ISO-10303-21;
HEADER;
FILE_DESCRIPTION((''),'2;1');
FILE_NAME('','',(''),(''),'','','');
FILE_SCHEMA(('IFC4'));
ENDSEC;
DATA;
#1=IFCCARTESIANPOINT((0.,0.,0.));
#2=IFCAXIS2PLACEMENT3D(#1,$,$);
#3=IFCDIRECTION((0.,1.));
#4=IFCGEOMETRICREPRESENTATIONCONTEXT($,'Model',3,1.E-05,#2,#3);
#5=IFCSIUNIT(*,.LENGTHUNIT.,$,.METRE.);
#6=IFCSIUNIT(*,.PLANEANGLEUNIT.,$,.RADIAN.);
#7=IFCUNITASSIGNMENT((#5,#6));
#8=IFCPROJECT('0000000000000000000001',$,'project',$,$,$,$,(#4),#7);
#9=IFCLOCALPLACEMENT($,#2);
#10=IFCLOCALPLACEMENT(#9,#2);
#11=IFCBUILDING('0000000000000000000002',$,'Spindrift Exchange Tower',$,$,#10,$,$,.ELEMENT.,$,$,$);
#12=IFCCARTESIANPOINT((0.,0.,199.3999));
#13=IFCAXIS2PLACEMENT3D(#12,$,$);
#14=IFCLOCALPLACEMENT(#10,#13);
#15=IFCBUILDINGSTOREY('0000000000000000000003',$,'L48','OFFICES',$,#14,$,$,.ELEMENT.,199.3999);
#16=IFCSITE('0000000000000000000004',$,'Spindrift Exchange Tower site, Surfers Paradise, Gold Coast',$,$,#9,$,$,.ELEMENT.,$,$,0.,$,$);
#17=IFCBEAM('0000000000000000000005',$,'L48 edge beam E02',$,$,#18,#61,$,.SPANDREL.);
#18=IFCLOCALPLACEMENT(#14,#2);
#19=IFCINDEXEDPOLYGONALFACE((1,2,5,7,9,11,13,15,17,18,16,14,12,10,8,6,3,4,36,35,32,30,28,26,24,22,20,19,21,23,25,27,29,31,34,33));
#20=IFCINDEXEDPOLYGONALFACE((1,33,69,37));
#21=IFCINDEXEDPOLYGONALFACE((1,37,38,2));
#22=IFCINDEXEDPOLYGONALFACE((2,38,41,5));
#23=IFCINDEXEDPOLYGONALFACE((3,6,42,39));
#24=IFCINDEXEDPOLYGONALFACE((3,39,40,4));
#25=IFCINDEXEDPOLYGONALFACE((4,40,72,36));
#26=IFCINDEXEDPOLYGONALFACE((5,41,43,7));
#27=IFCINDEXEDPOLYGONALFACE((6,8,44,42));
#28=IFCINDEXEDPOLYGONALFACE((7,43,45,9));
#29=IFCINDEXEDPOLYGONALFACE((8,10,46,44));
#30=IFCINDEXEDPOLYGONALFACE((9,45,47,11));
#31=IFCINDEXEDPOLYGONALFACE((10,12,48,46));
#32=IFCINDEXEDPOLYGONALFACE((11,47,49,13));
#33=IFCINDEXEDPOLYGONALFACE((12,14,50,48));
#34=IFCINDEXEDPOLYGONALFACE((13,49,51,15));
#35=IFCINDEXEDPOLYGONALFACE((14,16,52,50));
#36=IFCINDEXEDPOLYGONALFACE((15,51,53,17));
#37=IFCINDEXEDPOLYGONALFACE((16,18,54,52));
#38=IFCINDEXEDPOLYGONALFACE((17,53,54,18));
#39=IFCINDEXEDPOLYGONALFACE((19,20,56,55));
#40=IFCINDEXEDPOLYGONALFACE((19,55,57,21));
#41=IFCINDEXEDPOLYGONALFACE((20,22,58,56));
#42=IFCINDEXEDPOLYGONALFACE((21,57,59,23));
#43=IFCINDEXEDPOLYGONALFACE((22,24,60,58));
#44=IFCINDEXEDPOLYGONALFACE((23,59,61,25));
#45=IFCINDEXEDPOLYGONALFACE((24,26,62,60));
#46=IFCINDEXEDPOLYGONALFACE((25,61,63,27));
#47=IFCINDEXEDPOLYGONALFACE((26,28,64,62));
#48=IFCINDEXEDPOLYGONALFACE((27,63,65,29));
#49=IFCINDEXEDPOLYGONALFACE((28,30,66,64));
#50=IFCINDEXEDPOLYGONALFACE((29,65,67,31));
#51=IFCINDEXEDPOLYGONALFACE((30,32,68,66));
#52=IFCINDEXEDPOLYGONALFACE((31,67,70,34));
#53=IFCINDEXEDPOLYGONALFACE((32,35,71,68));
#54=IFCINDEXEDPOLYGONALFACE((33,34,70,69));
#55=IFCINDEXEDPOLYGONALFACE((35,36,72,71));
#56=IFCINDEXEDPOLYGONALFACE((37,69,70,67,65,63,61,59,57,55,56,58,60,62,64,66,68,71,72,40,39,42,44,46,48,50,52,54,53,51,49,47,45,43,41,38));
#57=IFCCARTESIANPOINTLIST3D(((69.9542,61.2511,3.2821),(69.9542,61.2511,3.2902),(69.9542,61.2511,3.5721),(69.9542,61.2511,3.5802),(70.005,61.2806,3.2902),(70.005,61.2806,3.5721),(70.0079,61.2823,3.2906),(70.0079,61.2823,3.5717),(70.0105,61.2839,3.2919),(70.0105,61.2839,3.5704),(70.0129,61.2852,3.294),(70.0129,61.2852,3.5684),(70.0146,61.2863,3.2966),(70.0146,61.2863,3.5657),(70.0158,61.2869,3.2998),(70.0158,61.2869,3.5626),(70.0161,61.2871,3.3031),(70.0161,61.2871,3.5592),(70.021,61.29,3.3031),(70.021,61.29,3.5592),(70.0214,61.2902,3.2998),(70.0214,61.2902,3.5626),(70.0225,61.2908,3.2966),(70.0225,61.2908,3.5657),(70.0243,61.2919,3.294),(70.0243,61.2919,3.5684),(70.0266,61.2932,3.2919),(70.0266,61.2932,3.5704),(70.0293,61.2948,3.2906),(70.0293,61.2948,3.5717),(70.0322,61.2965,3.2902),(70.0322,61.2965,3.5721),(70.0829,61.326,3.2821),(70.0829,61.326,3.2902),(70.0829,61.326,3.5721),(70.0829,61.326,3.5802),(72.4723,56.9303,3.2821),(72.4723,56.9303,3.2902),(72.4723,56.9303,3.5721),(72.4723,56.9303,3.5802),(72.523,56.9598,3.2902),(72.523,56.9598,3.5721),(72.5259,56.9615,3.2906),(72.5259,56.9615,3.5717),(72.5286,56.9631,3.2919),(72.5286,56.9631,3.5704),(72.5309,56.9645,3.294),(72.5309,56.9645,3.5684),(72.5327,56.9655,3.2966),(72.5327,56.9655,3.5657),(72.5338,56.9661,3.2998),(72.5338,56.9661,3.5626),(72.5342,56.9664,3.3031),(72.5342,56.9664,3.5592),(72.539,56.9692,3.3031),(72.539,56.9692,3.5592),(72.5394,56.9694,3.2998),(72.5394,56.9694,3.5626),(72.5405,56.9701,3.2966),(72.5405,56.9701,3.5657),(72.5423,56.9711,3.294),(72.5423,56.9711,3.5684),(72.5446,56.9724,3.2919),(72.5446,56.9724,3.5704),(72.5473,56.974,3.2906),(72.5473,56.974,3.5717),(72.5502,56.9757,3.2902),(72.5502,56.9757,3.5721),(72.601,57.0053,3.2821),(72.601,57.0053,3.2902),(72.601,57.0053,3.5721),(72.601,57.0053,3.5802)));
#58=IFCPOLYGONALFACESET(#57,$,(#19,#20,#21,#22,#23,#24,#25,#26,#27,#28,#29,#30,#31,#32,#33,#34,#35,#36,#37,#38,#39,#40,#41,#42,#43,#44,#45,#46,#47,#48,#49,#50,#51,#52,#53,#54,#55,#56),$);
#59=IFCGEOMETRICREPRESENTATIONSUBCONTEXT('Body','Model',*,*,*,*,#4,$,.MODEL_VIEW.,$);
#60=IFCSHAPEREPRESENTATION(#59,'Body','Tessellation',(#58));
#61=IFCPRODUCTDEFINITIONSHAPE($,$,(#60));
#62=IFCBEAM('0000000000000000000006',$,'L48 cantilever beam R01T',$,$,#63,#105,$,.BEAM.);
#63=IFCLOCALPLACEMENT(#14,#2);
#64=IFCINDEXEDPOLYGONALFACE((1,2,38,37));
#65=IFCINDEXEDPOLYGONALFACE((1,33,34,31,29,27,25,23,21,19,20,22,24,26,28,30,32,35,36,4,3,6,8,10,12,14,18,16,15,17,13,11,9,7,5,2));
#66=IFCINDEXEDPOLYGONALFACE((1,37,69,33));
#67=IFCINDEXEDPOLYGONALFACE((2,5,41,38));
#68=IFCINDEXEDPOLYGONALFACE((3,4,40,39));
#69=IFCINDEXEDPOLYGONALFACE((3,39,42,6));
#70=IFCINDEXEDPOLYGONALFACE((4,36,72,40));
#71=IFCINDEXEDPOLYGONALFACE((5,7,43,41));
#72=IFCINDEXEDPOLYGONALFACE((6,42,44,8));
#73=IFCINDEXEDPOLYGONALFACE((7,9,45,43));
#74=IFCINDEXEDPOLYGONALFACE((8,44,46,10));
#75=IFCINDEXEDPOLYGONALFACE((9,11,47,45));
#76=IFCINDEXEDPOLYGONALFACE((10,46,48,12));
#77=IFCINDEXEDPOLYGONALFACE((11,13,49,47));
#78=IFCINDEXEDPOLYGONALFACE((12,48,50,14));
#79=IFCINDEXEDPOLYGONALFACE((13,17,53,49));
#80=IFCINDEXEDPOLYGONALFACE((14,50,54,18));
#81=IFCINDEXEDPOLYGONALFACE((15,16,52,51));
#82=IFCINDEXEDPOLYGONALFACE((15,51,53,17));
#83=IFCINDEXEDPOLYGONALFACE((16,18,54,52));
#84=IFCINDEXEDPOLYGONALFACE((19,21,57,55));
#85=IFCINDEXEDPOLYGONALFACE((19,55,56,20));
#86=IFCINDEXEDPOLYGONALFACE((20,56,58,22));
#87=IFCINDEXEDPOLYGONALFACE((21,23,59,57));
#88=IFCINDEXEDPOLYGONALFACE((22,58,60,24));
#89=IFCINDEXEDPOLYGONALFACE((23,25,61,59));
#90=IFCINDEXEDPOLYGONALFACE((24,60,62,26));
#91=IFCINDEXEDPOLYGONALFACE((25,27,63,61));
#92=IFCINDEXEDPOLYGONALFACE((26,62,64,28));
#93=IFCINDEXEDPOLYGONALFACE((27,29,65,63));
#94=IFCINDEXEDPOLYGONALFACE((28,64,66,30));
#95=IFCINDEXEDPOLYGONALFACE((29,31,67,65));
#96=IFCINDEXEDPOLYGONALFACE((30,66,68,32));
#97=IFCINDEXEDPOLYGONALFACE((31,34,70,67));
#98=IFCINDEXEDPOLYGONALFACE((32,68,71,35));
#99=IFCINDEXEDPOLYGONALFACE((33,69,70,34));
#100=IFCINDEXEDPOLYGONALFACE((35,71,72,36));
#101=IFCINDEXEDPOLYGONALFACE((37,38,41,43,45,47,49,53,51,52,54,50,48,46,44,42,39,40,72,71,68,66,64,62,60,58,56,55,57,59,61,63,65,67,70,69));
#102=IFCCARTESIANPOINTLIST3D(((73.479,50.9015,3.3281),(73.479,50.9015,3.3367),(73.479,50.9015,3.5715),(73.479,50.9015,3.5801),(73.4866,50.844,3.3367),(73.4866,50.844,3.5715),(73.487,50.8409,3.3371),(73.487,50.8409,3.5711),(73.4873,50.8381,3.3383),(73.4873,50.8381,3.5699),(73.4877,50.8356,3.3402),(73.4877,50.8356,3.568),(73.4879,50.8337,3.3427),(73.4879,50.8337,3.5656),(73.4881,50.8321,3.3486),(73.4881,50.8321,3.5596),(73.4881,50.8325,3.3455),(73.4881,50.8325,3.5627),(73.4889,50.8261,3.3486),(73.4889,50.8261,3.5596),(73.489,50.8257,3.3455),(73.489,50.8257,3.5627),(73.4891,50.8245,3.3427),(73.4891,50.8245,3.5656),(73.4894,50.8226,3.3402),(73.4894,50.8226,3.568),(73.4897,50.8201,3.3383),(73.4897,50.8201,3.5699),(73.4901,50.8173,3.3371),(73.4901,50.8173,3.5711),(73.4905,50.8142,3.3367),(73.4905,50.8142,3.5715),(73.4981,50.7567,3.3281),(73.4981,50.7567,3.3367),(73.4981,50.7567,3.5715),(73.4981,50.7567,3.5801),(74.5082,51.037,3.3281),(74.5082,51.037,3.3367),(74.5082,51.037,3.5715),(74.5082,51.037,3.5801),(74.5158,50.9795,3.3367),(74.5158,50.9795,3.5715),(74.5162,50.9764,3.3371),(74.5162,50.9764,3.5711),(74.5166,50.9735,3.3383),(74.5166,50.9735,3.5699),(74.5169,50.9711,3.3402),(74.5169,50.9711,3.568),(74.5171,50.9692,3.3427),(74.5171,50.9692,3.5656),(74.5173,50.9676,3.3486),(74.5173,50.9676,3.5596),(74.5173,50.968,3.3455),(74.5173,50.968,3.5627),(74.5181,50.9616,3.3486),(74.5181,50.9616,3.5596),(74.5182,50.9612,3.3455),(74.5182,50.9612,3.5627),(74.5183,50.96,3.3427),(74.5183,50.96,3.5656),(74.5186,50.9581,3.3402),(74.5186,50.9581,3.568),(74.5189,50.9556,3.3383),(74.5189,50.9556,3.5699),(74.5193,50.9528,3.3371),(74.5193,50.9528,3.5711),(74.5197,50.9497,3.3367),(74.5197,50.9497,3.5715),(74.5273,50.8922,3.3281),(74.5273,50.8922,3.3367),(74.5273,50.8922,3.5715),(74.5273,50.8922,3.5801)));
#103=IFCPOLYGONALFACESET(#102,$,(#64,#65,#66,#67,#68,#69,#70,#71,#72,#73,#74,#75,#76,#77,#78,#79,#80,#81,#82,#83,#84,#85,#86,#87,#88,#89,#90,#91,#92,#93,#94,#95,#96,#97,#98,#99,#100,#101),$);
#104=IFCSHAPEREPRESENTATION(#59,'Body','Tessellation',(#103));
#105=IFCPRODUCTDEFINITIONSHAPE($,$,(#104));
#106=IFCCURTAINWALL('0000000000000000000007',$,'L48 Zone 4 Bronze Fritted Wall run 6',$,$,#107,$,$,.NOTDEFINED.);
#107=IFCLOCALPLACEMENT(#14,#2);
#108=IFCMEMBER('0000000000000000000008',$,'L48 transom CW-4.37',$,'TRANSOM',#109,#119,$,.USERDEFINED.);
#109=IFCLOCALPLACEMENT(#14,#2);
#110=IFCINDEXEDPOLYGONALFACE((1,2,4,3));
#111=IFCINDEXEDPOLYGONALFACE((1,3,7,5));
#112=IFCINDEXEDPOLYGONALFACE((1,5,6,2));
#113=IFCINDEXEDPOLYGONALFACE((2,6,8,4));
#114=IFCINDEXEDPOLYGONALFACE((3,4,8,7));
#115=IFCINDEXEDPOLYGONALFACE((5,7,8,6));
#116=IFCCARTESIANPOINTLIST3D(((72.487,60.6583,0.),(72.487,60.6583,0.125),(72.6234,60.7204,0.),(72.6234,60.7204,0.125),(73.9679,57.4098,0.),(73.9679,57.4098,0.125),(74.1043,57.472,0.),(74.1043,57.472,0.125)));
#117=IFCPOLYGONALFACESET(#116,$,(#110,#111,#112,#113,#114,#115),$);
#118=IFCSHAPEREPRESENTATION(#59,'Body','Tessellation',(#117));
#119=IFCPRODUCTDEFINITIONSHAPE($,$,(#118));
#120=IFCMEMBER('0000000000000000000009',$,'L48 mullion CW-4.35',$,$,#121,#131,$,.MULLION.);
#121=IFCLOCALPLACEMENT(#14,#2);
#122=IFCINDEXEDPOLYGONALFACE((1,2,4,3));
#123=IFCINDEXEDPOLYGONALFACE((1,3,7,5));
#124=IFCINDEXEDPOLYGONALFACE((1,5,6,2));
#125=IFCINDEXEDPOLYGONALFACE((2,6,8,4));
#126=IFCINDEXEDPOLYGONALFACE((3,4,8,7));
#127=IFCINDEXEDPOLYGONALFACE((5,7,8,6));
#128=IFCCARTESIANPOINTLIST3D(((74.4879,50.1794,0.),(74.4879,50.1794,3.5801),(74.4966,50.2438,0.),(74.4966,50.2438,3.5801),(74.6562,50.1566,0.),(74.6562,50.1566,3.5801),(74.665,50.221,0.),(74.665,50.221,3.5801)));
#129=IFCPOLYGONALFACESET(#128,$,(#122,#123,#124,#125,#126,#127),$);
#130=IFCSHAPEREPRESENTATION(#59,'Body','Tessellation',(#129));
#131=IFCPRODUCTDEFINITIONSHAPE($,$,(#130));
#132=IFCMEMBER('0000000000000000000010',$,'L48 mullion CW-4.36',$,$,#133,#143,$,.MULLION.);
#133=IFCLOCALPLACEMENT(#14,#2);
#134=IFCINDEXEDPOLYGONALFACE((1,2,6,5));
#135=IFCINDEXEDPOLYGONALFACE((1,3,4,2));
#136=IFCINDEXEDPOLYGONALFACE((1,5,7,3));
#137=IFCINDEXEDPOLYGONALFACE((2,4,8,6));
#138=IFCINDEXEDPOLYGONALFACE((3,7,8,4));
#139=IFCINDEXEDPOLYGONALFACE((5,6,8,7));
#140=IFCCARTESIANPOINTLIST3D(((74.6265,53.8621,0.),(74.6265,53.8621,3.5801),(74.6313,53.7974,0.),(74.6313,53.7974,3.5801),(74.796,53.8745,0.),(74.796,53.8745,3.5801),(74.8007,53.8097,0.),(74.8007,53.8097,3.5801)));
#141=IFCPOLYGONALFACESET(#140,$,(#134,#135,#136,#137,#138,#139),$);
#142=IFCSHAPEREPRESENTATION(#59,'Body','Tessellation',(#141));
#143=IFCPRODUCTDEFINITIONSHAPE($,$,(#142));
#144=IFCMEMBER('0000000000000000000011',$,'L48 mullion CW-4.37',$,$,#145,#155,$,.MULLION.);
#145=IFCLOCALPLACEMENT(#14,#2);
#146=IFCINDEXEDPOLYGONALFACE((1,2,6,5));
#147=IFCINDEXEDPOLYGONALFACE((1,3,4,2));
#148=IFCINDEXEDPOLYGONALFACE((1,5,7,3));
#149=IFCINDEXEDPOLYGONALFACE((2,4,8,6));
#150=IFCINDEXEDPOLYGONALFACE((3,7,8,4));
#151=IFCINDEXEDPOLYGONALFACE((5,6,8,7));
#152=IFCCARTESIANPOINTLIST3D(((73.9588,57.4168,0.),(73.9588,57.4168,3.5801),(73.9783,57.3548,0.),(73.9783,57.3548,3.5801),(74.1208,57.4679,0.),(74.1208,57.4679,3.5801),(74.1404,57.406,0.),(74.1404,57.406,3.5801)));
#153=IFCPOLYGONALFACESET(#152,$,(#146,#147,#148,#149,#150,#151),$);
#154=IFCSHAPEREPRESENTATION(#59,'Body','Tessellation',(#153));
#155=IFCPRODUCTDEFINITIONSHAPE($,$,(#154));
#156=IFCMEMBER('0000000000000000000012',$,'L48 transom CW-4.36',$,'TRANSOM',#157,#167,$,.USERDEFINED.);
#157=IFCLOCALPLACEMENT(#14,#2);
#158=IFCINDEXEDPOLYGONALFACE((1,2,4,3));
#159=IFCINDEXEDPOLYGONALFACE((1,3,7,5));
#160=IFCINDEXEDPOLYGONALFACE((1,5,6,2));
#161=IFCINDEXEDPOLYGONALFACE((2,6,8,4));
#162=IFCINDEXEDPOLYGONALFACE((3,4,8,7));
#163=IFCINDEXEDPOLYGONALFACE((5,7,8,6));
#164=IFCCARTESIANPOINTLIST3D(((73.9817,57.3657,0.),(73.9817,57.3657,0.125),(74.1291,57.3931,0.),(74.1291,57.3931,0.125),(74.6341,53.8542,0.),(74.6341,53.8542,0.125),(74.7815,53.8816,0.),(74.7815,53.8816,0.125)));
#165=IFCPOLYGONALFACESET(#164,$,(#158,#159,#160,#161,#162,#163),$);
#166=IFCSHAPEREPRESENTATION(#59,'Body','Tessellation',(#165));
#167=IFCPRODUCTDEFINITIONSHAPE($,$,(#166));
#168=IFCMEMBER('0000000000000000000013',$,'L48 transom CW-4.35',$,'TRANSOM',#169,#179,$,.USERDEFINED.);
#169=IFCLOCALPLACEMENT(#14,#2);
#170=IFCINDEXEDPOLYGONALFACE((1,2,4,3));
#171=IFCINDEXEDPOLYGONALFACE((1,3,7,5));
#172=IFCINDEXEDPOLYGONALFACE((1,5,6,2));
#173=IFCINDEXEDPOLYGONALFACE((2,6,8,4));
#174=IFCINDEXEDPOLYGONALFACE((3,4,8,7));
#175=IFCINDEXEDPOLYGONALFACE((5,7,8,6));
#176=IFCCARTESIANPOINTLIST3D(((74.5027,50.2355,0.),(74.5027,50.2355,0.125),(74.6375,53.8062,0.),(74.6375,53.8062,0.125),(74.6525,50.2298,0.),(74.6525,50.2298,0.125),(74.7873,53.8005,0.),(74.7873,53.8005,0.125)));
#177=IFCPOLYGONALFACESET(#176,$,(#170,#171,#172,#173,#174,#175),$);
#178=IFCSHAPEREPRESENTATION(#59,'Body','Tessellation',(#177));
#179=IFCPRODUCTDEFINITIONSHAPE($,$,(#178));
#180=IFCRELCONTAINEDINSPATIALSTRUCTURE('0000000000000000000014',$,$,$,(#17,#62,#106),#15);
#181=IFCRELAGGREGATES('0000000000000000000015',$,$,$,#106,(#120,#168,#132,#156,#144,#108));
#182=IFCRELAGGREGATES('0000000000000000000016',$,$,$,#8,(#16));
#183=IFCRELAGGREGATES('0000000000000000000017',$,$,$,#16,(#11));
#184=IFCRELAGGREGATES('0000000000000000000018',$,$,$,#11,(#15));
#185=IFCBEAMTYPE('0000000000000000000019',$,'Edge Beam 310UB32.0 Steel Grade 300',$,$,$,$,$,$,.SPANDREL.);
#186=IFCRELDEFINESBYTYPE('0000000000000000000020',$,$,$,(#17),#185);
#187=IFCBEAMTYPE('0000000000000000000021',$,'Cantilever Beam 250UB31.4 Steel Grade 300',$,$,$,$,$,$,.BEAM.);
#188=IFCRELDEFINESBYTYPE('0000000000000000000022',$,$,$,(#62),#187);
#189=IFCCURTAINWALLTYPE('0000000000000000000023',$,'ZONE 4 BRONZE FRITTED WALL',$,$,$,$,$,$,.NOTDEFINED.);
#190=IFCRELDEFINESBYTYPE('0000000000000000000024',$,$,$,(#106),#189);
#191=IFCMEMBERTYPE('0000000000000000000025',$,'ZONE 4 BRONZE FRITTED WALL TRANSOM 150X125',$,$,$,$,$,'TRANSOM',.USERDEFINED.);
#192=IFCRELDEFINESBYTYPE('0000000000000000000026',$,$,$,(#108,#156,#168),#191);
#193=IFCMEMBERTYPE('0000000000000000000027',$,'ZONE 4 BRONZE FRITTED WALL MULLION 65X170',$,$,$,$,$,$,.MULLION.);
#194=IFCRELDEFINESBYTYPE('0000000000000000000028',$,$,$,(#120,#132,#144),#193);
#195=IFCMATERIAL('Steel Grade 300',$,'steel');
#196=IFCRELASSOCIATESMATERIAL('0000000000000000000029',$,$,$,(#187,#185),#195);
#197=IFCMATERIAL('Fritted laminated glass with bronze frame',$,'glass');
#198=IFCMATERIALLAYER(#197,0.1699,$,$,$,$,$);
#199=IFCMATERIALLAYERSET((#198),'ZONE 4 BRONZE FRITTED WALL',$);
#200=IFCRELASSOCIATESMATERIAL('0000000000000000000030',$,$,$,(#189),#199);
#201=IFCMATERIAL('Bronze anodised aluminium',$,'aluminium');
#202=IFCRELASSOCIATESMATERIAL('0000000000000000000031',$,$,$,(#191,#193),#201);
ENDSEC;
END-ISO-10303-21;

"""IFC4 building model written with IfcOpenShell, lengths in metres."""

from ifc_helpers import new_model, si_unit, direction, frame, origin, origin_2d, place, context, subcontext, project, spatial, rectangle, i_section, extrude, source, transform, mapped, material, layer, layer_set, material_profile, profile_set, type_object, element, aggregate, save


model = new_model("IFC4")

# Units and contexts
model_context = context("Model", 3, precision=1e-05, world=origin(), true_north=direction((0.0, 1.0)))
body_context = subcontext(model_context, "Body", "Model", "MODEL_VIEW")
ifc_project = project(units=[si_unit("LENGTHUNIT", "METRE"), si_unit("PLANEANGLEUNIT", "RADIAN")], contexts=[model_context])

# Site, building, storey
site_placement = place(None, origin())
site = spatial("IfcSite", under=ifc_project, at=site_placement, Name="Spindrift Exchange Tower site, Surfers Paradise, Gold Coast", CompositionType="ELEMENT", RefElevation=0.0)
building_placement = place(site_placement, origin())
building = spatial("IfcBuilding", under=site, at=building_placement, Name="Spindrift Exchange Tower", CompositionType="ELEMENT")
storey_placement = place(building_placement, frame((0.0, 0.0, 199.3999)))
storey = spatial("IfcBuildingStorey", under=building, at=storey_placement, Name="L48", Description="OFFICES", CompositionType="ELEMENT", Elevation=199.3999)

# Beams
ifc_material_1 = material(Name="Steel Grade 300", Category="steel")
ifc_material_profile_1 = material_profile(ifc_material_1, i_section(OverallWidth=0.146, OverallDepth=0.252, WebThickness=0.0061, FlangeThickness=0.0085, FilletRadius=0.012, at=origin_2d()), Name="250UB31.4")
ifc_profile_set_1 = profile_set([ifc_material_profile_1], Name="Steel Grade 300")
beam_type_1 = type_object("IfcBeamType", Name="Cantilever Beam 250UB31.4 Steel Grade 300", PredefinedType="BEAM", material=ifc_profile_set_1)
ifc_material_profile_2 = material_profile(ifc_material_1, i_section(OverallWidth=0.1489, OverallDepth=0.2981, WebThickness=0.0056, FlangeThickness=0.0081, FilletRadius=0.0129, at=origin_2d()), Name="310UB32.0")
ifc_profile_set_2 = profile_set([ifc_material_profile_2], Name="Steel Grade 300")
beam_type_2 = type_object("IfcBeamType", Name="Edge Beam 310UB32.0 Steel Grade 300", PredefinedType="SPANDREL", material=ifc_profile_set_2)
shared_shape_1 = source(origin(), body_context, "Body", "SweptSolid", [
    extrude(i_section(OverallWidth=0.1489, OverallDepth=0.2981, WebThickness=0.0056, FlangeThickness=0.0081, FilletRadius=0.0129, at=origin_2d()), origin(), (0.0, 0.0, 1.0), 5.001),
])
beam_1_placement = place(storey_placement, frame((72.5366, 56.9678, 3.4312), z_axis=(-0.503513, 0.863988, 0.0), x_axis=(-0.863988, -0.503513, 0.0)))
element("IfcBeam", 1, at=beam_1_placement, inside=storey, type_object=beam_type_2, Name="L48 edge beam E02", PredefinedType="SPANDREL", context=body_context, shape_type="MappedRepresentation", body=[
    mapped(shared_shape_1, transform((0.0, 0.0, 0.0), scale=1.0)),
])
shared_shape_2 = source(origin(), body_context, "Body", "SweptSolid", [
    extrude(i_section(OverallWidth=0.146, OverallDepth=0.252, WebThickness=0.0061, FlangeThickness=0.0085, FilletRadius=0.012, at=origin_2d()), origin(), (0.0, 0.0, 1.0), 1.0381),
])
beam_2_placement = place(storey_placement, frame((73.4885, 50.8291, 3.4541), z_axis=(0.991446, 0.130515, 0.0), x_axis=(-0.130515, 0.991446, 0.0)))
element("IfcBeam", 2, at=beam_2_placement, inside=storey, type_object=beam_type_1, Name="L48 cantilever beam R01T", PredefinedType="BEAM", context=body_context, shape_type="MappedRepresentation", body=[
    mapped(shared_shape_2, transform((0.0, 0.0, 0.0), scale=1.0)),
])

# Curtain wall, members
ifc_material_2 = material(Name="Fritted laminated glass with bronze frame", Category="glass")
ifc_layer_1 = layer(ifc_material_2, 0.1699)
ifc_layer_set_1 = layer_set([ifc_layer_1], Name="ZONE 4 BRONZE FRITTED WALL")
curtain_wall_type = type_object("IfcCurtainWallType", Name="ZONE 4 BRONZE FRITTED WALL", PredefinedType="NOTDEFINED", material=ifc_layer_set_1)
curtain_wall_placement = place(storey_placement, origin())
curtain_wall = element("IfcCurtainWall", 3, at=curtain_wall_placement, inside=storey, type_object=curtain_wall_type, Name="L48 Zone 4 Bronze Fritted Wall run 6", PredefinedType="NOTDEFINED")
ifc_material_3 = material(Name="Bronze anodised aluminium", Category="aluminium")
ifc_material_profile_3 = material_profile(ifc_material_3, rectangle(XDim=0.1499, YDim=0.125, at=origin_2d()), Name="ZONE 4 BRONZE FRITTED WALL TRANSOM 150X125")
ifc_profile_set_3 = profile_set([ifc_material_profile_3], Name="Bronze anodised aluminium")
member_type_1 = type_object("IfcMemberType", Name="ZONE 4 BRONZE FRITTED WALL TRANSOM 150X125", ElementType="TRANSOM", PredefinedType="USERDEFINED", material=ifc_profile_set_3)
shared_shape_3 = source(origin(), body_context, "Body", "SweptSolid", [
    extrude(rectangle(XDim=0.1499, YDim=0.125, at=origin_2d()), origin(), (0.0, 0.0, 1.0), 3.5701),
])
member_1_placement = place(storey_placement, frame((74.0361, 57.4409, 0.0625), z_axis=(-0.414813, 0.909907, 0.0), x_axis=(-0.909907, -0.414813, 0.0)))
member_1 = element("IfcMember", 4, at=member_1_placement, type_object=member_type_1, Name="L48 transom CW-4.37", ObjectType="TRANSOM", PredefinedType="USERDEFINED", context=body_context, shape_type="MappedRepresentation", body=[
    mapped(shared_shape_3, transform((0.0, 0.0, 0.0), scale=1.0)),
])
ifc_material_profile_4 = material_profile(ifc_material_3, rectangle(XDim=0.0649, YDim=0.1699, at=origin_2d()), Name="ZONE 4 BRONZE FRITTED WALL MULLION 65X170")
ifc_profile_set_4 = profile_set([ifc_material_profile_4], Name="Bronze anodised aluminium")
member_type_2 = type_object("IfcMemberType", Name="ZONE 4 BRONZE FRITTED WALL MULLION 65X170", PredefinedType="MULLION", material=ifc_profile_set_4)
shared_shape_4 = source(origin(), body_context, "Body", "SweptSolid", [
    extrude(rectangle(XDim=0.0649, YDim=0.1699, at=origin_2d()), origin(), (0.0, 0.0, 1.0), 3.5801),
])
member_2_placement = place(storey_placement, frame((74.5764, 50.2002, 0.0), z_axis=(0.0, 0.0, 1.0), x_axis=(0.134381, 0.99093, 0.0)))
member_2 = element("IfcMember", 5, at=member_2_placement, type_object=member_type_2, Name="L48 mullion CW-4.35", PredefinedType="MULLION", context=body_context, shape_type="MappedRepresentation", body=[
    mapped(shared_shape_4, transform((0.0, 0.0, 0.0), scale=1.0)),
])
member_3_placement = place(storey_placement, frame((74.7136, 53.8359, 0.0), z_axis=(0.0, 0.0, 1.0), x_axis=(-0.072873, 0.997341, 0.0)))
member_3 = element("IfcMember", 6, at=member_3_placement, type_object=member_type_2, Name="L48 mullion CW-4.36", PredefinedType="MULLION", context=body_context, shape_type="MappedRepresentation", body=[
    mapped(shared_shape_4, transform((0.0, 0.0, 0.0), scale=1.0)),
])
member_4_placement = place(storey_placement, frame((74.0496, 57.4114, 0.0), z_axis=(0.0, 0.0, 1.0), x_axis=(-0.300949, 0.95364, 0.0)))
member_4 = element("IfcMember", 7, at=member_4_placement, type_object=member_type_2, Name="L48 mullion CW-4.37", PredefinedType="MULLION", context=body_context, shape_type="MappedRepresentation", body=[
    mapped(shared_shape_4, transform((0.0, 0.0, 0.0), scale=1.0)),
])
shared_shape_5 = source(origin(), body_context, "Body", "SweptSolid", [
    extrude(rectangle(XDim=0.1499, YDim=0.125, at=origin_2d()), origin(), (0.0, 0.0, 1.0), 3.5715),
])
member_5_placement = place(storey_placement, frame((74.7078, 53.8679, 0.0625), z_axis=(-0.18265, 0.983178, 0.0), x_axis=(-0.983178, -0.18265, 0.0)))
member_5 = element("IfcMember", 8, at=member_5_placement, type_object=member_type_1, Name="L48 transom CW-4.36", ObjectType="TRANSOM", PredefinedType="USERDEFINED", context=body_context, shape_type="MappedRepresentation", body=[
    mapped(shared_shape_5, transform((0.0, 0.0, 0.0), scale=1.0)),
])
shared_shape_6 = source(origin(), body_context, "Body", "SweptSolid", [
    extrude(rectangle(XDim=0.1499, YDim=0.125, at=origin_2d()), origin(), (0.0, 0.0, 1.0), 3.5732),
])
member_6_placement = place(storey_placement, frame((74.5776, 50.2327, 0.0625), z_axis=(0.037714, 0.999289, 0.0), x_axis=(-0.999289, 0.037714, 0.0)))
member_6 = element("IfcMember", 9, at=member_6_placement, type_object=member_type_1, Name="L48 transom CW-4.35", ObjectType="TRANSOM", PredefinedType="USERDEFINED", context=body_context, shape_type="MappedRepresentation", body=[
    mapped(shared_shape_6, transform((0.0, 0.0, 0.0), scale=1.0)),
])
aggregate(curtain_wall, [member_2, member_6, member_3, member_5, member_4, member_1])

save(model, "model.ifc")
